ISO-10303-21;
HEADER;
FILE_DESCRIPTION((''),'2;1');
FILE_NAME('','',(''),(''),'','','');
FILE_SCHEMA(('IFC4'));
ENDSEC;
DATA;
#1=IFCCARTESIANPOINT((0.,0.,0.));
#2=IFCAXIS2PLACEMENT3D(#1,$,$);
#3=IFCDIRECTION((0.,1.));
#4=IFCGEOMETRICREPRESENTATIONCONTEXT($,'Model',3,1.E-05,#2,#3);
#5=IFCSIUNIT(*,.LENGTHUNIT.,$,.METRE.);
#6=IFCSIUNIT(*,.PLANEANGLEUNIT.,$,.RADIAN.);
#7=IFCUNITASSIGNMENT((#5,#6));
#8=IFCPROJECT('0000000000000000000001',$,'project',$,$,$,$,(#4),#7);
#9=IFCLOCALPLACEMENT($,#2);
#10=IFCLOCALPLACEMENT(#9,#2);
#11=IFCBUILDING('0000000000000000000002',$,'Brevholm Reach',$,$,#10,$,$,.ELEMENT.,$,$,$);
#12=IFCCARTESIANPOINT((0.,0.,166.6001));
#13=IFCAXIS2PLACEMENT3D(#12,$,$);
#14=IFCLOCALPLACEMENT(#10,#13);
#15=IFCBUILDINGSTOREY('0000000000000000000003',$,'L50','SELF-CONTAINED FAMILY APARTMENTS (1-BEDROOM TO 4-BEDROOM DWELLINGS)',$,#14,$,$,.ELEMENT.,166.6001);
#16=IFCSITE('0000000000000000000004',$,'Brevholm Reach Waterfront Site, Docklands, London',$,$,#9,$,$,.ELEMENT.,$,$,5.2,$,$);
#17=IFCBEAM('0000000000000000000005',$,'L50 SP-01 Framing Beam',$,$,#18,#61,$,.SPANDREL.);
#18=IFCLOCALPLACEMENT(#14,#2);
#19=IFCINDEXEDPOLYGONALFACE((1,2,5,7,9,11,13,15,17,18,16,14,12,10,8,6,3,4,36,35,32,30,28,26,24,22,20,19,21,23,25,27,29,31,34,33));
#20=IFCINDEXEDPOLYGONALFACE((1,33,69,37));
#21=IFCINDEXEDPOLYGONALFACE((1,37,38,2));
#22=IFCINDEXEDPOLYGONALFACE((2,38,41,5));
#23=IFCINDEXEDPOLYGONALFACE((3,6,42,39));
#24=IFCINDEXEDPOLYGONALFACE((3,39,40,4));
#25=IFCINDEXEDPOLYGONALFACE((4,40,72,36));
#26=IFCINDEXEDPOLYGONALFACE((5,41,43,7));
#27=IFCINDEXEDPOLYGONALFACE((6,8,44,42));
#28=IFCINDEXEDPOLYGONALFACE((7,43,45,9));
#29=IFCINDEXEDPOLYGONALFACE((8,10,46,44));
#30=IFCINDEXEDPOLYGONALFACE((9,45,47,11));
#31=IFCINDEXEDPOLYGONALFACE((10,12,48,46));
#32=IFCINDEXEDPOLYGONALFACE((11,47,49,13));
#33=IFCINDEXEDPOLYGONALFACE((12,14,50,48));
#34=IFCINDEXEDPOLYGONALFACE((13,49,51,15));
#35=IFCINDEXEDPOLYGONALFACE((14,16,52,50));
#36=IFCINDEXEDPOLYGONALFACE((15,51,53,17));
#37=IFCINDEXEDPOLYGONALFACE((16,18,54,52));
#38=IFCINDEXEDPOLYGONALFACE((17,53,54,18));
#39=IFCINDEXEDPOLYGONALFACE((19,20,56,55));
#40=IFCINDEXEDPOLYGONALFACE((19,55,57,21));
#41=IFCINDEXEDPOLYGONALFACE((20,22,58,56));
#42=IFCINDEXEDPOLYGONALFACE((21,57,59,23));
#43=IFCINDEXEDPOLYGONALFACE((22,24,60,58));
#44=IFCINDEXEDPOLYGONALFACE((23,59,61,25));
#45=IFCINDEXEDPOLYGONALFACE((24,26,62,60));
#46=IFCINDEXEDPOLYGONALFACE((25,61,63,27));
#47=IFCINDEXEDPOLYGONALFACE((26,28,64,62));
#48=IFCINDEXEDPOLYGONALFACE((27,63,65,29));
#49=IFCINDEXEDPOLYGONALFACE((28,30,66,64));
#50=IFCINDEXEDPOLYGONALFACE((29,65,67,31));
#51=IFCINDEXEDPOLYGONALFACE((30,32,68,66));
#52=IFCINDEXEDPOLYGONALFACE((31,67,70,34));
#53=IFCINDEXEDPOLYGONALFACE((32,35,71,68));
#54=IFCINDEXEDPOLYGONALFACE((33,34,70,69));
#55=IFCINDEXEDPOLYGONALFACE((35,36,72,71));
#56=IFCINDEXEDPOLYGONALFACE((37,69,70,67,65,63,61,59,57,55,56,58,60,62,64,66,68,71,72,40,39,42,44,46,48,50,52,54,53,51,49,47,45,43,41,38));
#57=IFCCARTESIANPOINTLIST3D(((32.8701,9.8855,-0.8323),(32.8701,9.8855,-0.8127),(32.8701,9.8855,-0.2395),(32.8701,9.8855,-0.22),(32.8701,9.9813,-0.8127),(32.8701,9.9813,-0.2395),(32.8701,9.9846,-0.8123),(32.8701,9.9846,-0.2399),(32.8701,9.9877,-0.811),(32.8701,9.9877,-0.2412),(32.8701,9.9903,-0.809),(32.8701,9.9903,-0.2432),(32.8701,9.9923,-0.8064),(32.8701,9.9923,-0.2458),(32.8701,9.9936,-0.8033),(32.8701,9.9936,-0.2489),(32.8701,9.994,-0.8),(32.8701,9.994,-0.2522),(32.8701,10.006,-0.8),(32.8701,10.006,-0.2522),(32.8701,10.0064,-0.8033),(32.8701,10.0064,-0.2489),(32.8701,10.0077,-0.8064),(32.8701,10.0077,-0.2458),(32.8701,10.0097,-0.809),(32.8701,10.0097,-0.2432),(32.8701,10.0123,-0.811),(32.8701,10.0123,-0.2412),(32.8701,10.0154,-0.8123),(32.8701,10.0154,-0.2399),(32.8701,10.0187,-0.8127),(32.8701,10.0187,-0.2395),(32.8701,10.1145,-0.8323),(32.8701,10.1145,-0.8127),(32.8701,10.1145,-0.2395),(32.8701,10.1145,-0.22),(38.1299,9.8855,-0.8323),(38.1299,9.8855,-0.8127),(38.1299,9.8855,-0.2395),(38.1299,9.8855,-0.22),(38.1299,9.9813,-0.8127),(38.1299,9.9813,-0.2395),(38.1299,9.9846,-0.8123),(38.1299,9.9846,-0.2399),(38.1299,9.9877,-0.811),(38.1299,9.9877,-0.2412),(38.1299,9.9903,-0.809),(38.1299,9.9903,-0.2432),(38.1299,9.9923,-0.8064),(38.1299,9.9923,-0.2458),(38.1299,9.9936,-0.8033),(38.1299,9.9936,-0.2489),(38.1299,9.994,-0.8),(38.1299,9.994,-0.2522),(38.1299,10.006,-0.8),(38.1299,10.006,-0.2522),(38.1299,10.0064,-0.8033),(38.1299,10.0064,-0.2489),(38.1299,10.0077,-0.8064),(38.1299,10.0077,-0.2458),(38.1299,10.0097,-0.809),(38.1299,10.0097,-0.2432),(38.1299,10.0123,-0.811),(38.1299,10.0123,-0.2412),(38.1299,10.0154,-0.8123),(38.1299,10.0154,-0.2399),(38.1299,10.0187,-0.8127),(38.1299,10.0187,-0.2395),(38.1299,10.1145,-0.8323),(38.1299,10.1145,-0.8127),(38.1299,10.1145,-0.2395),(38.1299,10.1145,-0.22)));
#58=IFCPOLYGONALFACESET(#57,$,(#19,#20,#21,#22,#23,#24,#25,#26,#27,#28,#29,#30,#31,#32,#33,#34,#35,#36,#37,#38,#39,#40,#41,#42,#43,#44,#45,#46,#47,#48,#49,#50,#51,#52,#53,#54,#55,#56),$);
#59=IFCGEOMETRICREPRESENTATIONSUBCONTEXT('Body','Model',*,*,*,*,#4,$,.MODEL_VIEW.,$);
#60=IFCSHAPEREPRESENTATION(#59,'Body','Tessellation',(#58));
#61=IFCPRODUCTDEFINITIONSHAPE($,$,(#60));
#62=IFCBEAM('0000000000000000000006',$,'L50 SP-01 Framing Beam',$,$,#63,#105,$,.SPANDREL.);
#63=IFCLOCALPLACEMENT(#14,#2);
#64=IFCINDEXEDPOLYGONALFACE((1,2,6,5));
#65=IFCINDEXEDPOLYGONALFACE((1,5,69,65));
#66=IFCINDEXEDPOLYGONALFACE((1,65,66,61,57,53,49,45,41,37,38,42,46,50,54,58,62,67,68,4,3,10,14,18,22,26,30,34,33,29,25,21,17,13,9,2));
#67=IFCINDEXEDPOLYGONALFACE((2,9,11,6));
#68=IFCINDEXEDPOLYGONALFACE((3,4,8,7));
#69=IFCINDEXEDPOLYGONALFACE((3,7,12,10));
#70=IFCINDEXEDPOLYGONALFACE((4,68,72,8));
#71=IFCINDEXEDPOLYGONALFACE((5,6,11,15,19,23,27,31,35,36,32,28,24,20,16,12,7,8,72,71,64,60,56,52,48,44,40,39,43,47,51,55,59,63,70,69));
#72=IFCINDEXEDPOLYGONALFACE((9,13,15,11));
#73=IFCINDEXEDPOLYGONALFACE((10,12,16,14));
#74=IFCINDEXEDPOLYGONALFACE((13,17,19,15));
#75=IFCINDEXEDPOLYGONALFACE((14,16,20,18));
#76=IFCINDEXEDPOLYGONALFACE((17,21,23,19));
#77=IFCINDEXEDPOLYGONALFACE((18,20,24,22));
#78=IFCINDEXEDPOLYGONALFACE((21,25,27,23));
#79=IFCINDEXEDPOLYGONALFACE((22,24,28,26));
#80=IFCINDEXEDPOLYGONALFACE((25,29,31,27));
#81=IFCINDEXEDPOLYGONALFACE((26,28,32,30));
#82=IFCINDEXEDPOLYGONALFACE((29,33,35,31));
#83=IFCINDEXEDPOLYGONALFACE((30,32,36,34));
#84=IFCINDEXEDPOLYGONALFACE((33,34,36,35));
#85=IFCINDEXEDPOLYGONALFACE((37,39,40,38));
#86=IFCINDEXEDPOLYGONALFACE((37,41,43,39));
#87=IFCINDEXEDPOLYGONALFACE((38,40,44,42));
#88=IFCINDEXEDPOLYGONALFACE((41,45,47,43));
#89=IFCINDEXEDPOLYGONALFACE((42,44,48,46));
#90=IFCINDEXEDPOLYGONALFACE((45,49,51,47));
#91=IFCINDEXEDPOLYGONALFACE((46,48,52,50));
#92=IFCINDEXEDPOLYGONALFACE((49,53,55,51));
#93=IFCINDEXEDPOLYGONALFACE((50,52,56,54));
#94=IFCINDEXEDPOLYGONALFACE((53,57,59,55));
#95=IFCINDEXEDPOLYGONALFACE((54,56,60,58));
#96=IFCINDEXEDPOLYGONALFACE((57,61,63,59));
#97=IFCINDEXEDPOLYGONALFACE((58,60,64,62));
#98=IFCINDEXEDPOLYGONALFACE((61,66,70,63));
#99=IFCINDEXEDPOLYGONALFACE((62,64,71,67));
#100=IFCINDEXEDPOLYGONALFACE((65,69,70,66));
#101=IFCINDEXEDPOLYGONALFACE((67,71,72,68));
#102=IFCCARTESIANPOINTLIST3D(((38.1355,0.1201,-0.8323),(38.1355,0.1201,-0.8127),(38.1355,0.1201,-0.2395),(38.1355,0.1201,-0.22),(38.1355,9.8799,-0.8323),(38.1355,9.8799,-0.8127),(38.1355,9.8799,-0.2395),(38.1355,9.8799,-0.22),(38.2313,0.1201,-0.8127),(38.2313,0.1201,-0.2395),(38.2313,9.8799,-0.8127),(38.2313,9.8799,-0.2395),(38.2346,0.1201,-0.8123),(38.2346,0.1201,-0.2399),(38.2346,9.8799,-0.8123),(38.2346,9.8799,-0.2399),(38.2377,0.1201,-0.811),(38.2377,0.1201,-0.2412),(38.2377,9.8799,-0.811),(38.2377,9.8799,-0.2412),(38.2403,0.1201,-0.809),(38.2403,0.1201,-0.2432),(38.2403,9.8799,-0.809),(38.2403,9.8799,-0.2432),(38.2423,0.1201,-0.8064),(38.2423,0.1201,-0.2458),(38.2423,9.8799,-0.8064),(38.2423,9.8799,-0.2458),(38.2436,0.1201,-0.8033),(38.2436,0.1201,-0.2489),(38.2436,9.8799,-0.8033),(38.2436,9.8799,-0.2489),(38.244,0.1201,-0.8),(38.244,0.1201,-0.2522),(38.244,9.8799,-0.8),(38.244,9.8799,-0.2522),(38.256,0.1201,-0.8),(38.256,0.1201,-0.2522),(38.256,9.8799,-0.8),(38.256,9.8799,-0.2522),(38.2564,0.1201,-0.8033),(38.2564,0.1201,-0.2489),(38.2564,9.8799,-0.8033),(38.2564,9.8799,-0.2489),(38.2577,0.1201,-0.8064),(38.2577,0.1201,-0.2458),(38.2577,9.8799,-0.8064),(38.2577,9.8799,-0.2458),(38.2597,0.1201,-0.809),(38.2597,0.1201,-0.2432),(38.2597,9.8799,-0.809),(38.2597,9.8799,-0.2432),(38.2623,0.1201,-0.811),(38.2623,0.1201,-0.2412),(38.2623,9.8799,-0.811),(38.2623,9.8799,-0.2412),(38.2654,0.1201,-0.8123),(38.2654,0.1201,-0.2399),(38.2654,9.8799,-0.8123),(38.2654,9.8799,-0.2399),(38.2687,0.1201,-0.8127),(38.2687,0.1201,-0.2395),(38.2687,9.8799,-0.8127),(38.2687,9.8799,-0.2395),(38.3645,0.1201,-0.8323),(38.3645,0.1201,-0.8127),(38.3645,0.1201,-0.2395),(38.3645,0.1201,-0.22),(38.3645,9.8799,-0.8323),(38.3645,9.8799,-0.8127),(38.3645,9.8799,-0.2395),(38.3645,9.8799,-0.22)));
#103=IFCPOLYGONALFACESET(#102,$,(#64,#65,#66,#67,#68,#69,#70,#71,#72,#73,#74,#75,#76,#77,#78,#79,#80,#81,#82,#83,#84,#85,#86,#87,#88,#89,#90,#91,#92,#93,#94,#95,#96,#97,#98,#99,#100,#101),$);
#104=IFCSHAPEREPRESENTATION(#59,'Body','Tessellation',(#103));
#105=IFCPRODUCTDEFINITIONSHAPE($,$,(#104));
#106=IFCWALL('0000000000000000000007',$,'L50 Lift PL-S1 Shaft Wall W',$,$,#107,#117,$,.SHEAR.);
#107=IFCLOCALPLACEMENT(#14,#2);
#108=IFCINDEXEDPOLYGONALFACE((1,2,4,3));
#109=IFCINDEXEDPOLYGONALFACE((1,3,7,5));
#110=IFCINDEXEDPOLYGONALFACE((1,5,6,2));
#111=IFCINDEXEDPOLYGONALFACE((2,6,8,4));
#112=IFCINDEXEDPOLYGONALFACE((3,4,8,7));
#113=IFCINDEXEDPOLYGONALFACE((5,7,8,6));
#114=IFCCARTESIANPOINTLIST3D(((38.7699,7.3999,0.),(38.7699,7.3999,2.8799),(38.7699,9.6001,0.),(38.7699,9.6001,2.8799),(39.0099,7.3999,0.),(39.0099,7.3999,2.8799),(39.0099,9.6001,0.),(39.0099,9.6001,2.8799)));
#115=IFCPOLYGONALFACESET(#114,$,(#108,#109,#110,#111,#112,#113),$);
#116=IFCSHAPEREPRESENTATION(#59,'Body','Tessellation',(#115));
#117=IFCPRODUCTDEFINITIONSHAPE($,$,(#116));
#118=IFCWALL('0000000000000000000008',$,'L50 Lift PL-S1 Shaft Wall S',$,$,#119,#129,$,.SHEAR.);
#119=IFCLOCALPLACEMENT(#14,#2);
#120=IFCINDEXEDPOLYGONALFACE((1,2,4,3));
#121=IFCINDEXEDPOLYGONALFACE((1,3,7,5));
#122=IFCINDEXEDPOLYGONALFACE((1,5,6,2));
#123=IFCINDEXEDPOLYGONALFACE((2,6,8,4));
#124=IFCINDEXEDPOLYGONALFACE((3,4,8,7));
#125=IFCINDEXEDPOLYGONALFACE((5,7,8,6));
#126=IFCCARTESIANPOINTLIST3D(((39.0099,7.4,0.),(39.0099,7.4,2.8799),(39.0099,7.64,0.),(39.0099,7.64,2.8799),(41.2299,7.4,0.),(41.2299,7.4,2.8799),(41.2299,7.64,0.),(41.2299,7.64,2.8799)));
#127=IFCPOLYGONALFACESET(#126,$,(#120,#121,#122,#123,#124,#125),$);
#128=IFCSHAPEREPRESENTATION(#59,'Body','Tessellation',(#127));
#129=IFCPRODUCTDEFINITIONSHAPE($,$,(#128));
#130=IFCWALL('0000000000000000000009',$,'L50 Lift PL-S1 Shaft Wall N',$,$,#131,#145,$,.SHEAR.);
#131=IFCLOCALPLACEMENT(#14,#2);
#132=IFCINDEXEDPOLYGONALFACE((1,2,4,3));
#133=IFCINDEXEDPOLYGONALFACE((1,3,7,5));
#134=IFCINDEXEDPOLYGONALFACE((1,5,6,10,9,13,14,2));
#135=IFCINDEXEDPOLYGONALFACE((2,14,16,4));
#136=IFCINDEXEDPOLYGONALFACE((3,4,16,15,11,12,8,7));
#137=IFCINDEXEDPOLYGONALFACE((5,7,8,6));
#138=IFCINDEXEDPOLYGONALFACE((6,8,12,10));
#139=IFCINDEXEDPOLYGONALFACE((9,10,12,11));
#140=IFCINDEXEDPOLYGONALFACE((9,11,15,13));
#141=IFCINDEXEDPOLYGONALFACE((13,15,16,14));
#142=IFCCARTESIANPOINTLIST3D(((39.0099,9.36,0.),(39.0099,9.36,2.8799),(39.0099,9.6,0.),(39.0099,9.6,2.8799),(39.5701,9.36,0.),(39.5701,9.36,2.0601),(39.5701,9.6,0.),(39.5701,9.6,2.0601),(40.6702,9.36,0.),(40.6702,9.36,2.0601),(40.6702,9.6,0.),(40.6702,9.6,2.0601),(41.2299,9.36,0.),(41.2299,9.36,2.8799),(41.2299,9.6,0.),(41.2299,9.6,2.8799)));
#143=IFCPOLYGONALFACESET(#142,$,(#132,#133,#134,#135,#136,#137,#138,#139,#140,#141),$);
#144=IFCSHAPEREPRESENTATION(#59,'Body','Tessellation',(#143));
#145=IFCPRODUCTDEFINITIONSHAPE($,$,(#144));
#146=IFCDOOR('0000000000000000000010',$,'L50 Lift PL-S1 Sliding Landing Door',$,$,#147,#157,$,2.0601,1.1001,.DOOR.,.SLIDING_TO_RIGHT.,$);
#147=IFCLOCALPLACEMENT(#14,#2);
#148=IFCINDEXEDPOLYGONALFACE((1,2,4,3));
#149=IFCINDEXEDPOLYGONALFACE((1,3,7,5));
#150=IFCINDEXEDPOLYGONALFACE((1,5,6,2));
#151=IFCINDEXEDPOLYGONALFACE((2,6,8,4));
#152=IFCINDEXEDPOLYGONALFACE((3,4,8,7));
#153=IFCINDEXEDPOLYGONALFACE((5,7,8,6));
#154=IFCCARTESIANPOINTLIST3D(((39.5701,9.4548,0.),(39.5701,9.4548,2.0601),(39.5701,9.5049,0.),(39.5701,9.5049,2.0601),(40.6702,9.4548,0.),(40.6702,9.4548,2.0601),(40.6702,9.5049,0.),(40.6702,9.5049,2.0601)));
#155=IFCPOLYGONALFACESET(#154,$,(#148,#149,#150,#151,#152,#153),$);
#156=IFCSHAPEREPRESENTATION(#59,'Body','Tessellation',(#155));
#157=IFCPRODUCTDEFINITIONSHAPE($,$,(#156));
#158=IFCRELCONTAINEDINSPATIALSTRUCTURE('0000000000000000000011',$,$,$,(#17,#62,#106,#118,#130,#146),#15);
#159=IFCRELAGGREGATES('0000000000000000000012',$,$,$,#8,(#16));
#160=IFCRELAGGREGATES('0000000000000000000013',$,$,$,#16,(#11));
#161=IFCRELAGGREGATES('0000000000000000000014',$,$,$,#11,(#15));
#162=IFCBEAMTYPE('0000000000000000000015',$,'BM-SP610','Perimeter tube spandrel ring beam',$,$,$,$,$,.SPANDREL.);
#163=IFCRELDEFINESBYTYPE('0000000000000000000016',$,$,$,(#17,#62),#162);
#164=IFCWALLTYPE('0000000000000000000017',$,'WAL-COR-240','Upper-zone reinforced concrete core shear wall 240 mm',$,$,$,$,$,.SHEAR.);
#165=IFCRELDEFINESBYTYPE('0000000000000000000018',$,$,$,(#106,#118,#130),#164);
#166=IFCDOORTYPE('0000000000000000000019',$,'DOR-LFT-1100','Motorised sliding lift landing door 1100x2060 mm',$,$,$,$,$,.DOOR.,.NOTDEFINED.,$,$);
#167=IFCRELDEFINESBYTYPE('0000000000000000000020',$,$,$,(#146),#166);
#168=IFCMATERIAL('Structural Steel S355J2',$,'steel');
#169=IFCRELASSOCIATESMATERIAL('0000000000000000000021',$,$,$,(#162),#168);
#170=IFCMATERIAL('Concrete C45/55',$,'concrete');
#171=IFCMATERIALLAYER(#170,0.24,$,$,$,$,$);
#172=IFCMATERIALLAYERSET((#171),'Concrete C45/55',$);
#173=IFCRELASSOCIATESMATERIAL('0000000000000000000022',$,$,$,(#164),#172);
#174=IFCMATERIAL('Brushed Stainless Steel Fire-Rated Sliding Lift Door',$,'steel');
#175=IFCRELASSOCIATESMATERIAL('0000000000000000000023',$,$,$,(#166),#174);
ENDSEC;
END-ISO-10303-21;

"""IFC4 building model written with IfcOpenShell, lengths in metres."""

from ifc_helpers import new_model, si_unit, direction, frame, frame_2d, origin, origin_2d, place, context, subcontext, project, spatial, rectangle, i_section, extrude, material, layer, layer_set, material_profile, profile_set, type_object, element, fill, save


model = new_model("IFC4")

# Units and contexts
model_context = context("Model", 3, precision=1e-05, world=origin(), true_north=direction((0.0, 1.0)))
body_context = subcontext(model_context, "Body", "Model", "MODEL_VIEW")
ifc_project = project(units=[si_unit("LENGTHUNIT", "METRE"), si_unit("PLANEANGLEUNIT", "RADIAN")], contexts=[model_context])

# Site, building, storey
site_placement = place(None, origin())
site = spatial("IfcSite", under=ifc_project, at=site_placement, Name="Brevholm Reach Waterfront Site, Docklands, London", CompositionType="ELEMENT", RefElevation=5.2)
building_placement = place(site_placement, origin())
building = spatial("IfcBuilding", under=site, at=building_placement, Name="Brevholm Reach", CompositionType="ELEMENT")
storey_placement = place(building_placement, frame((0.0, 0.0, 166.6001)))
storey = spatial("IfcBuildingStorey", under=building, at=storey_placement, Name="L50", Description="SELF-CONTAINED FAMILY APARTMENTS (1-BEDROOM TO 4-BEDROOM DWELLINGS)", CompositionType="ELEMENT", Elevation=166.6001)

# Beams
ifc_material_1 = material(Name="Structural Steel S355J2", Category="steel")
ifc_material_profile_1 = material_profile(ifc_material_1, i_section(OverallWidth=0.229, OverallDepth=0.6123, WebThickness=0.012, FlangeThickness=0.0195, FilletRadius=0.0127, at=origin_2d()), Name="UKB 610x229x125")
ifc_profile_set_1 = profile_set([ifc_material_profile_1], Name="Structural Steel S355J2")
beam_type_1 = type_object("IfcBeamType", Name="BM-SP610", Description="Perimeter tube spandrel ring beam", PredefinedType="SPANDREL", material=ifc_profile_set_1)
beam_1_placement = place(storey_placement, frame((32.8701, 10.0, -0.5261), z_axis=(1.0, 0.0, 0.0), x_axis=(0.0, 1.0, 0.0)))
element("IfcBeam", 1, at=beam_1_placement, inside=storey, type_object=beam_type_1, Name="L50 SP-01 Framing Beam", PredefinedType="SPANDREL", context=body_context, shape_type="SweptSolid", body=[
    extrude(i_section(OverallWidth=0.229, OverallDepth=0.6123, WebThickness=0.012, FlangeThickness=0.0195, FilletRadius=0.0127, at=origin_2d()), origin(), (0.0, 0.0, 1.0), 5.2598),
])
beam_2_placement = place(storey_placement, frame((38.25, 0.1201, -0.5261), z_axis=(0.0, 1.0, 0.0), x_axis=(-1.0, 0.0, 0.0)))
element("IfcBeam", 2, at=beam_2_placement, inside=storey, type_object=beam_type_1, Name="L50 SP-01 Framing Beam", PredefinedType="SPANDREL", context=body_context, shape_type="SweptSolid", body=[
    extrude(i_section(OverallWidth=0.229, OverallDepth=0.6123, WebThickness=0.012, FlangeThickness=0.0195, FilletRadius=0.0127, at=origin_2d()), origin(), (0.0, 0.0, 1.0), 9.7598),
])

# Walls
ifc_material_2 = material(Name="Concrete C45/55", Category="concrete")
ifc_layer_1 = layer(ifc_material_2, 0.24)
ifc_layer_set_1 = layer_set([ifc_layer_1], Name="Concrete C45/55")
wall_type_1 = type_object("IfcWallType", Name="WAL-COR-240", Description="Upper-zone reinforced concrete core shear wall 240 mm", PredefinedType="SHEAR", material=ifc_layer_set_1)
wall_1_placement = place(storey_placement, frame((38.8899, 7.3999, 0.0), z_axis=(0.0, 0.0, 1.0), x_axis=(0.0, 1.0, 0.0)))
element("IfcWall", 3, at=wall_1_placement, inside=storey, type_object=wall_type_1, Name="L50 Lift PL-S1 Shaft Wall W", PredefinedType="SHEAR", context=body_context, shape_type="SweptSolid", body=[
    extrude(rectangle(XDim=2.2002, YDim=0.24, at=frame_2d((1.1001, 0.0))), origin(), (0.0, 0.0, 1.0), 2.8799),
])
wall_2_placement = place(storey_placement, frame((39.01, 7.52, 0.0), z_axis=(0.0, 0.0, 1.0), x_axis=(1.0, 0.0, 0.0)))
element("IfcWall", 4, at=wall_2_placement, inside=storey, type_object=wall_type_1, Name="L50 Lift PL-S1 Shaft Wall S", PredefinedType="SHEAR", context=body_context, shape_type="SweptSolid", body=[
    extrude(rectangle(XDim=2.22, YDim=0.24, at=frame_2d((1.1099, 0.0))), origin(), (0.0, 0.0, 1.0), 2.8799),
])

# Wall, opening, door
wall_3_placement = place(storey_placement, frame((39.01, 9.48, 0.0), z_axis=(0.0, 0.0, 1.0), x_axis=(1.0, 0.0, 0.0)))
wall_3 = element("IfcWall", 5, at=wall_3_placement, inside=storey, type_object=wall_type_1, Name="L50 Lift PL-S1 Shaft Wall N", PredefinedType="SHEAR", context=body_context, shape_type="SweptSolid", body=[
    extrude(rectangle(XDim=2.22, YDim=0.24, at=frame_2d((1.1099, 0.0))), origin(), (0.0, 0.0, 1.0), 2.8799),
])
opening_1_placement = place(wall_3_placement, frame((0.5601, 0.0, 0.0)))
opening_1 = element("IfcOpeningElement", 6, at=opening_1_placement, cuts=wall_3, PredefinedType="OPENING", context=body_context, shape_type="SweptSolid", body=[
    extrude(rectangle(XDim=1.1001, YDim=2.0601, at=frame_2d((0.55, 1.03))), frame((0.0, 0.1299, 0.0), z_axis=(0.0, -1.0, 0.0), x_axis=(1.0, 0.0, 0.0)), (0.0, 0.0, 1.0), 0.26),
])
ifc_material_3 = material(Name="Brushed Stainless Steel Fire-Rated Sliding Lift Door", Category="steel")
door_type_1 = type_object("IfcDoorType", Name="DOR-LFT-1100", Description="Motorised sliding lift landing door 1100x2060 mm", OperationType="NOTDEFINED", PredefinedType="DOOR", material=ifc_material_3)
door_1_placement = place(opening_1_placement, origin())
door_1 = element("IfcDoor", 7, at=door_1_placement, inside=storey, type_object=door_type_1, Name="L50 Lift PL-S1 Sliding Landing Door", OperationType="SLIDING_TO_RIGHT", OverallHeight=2.0601, OverallWidth=1.1001, PredefinedType="DOOR", context=body_context, shape_type="SweptSolid", body=[
    extrude(rectangle(XDim=1.1001, YDim=2.0601, at=frame_2d((0.55, 1.03))), frame((0.0, 0.0249, 0.0), z_axis=(0.0, -1.0, 0.0), x_axis=(1.0, 0.0, 0.0)), (0.0, 0.0, 1.0), 0.05),
])
fill(opening_1, door_1)

save(model, "model.ifc")
